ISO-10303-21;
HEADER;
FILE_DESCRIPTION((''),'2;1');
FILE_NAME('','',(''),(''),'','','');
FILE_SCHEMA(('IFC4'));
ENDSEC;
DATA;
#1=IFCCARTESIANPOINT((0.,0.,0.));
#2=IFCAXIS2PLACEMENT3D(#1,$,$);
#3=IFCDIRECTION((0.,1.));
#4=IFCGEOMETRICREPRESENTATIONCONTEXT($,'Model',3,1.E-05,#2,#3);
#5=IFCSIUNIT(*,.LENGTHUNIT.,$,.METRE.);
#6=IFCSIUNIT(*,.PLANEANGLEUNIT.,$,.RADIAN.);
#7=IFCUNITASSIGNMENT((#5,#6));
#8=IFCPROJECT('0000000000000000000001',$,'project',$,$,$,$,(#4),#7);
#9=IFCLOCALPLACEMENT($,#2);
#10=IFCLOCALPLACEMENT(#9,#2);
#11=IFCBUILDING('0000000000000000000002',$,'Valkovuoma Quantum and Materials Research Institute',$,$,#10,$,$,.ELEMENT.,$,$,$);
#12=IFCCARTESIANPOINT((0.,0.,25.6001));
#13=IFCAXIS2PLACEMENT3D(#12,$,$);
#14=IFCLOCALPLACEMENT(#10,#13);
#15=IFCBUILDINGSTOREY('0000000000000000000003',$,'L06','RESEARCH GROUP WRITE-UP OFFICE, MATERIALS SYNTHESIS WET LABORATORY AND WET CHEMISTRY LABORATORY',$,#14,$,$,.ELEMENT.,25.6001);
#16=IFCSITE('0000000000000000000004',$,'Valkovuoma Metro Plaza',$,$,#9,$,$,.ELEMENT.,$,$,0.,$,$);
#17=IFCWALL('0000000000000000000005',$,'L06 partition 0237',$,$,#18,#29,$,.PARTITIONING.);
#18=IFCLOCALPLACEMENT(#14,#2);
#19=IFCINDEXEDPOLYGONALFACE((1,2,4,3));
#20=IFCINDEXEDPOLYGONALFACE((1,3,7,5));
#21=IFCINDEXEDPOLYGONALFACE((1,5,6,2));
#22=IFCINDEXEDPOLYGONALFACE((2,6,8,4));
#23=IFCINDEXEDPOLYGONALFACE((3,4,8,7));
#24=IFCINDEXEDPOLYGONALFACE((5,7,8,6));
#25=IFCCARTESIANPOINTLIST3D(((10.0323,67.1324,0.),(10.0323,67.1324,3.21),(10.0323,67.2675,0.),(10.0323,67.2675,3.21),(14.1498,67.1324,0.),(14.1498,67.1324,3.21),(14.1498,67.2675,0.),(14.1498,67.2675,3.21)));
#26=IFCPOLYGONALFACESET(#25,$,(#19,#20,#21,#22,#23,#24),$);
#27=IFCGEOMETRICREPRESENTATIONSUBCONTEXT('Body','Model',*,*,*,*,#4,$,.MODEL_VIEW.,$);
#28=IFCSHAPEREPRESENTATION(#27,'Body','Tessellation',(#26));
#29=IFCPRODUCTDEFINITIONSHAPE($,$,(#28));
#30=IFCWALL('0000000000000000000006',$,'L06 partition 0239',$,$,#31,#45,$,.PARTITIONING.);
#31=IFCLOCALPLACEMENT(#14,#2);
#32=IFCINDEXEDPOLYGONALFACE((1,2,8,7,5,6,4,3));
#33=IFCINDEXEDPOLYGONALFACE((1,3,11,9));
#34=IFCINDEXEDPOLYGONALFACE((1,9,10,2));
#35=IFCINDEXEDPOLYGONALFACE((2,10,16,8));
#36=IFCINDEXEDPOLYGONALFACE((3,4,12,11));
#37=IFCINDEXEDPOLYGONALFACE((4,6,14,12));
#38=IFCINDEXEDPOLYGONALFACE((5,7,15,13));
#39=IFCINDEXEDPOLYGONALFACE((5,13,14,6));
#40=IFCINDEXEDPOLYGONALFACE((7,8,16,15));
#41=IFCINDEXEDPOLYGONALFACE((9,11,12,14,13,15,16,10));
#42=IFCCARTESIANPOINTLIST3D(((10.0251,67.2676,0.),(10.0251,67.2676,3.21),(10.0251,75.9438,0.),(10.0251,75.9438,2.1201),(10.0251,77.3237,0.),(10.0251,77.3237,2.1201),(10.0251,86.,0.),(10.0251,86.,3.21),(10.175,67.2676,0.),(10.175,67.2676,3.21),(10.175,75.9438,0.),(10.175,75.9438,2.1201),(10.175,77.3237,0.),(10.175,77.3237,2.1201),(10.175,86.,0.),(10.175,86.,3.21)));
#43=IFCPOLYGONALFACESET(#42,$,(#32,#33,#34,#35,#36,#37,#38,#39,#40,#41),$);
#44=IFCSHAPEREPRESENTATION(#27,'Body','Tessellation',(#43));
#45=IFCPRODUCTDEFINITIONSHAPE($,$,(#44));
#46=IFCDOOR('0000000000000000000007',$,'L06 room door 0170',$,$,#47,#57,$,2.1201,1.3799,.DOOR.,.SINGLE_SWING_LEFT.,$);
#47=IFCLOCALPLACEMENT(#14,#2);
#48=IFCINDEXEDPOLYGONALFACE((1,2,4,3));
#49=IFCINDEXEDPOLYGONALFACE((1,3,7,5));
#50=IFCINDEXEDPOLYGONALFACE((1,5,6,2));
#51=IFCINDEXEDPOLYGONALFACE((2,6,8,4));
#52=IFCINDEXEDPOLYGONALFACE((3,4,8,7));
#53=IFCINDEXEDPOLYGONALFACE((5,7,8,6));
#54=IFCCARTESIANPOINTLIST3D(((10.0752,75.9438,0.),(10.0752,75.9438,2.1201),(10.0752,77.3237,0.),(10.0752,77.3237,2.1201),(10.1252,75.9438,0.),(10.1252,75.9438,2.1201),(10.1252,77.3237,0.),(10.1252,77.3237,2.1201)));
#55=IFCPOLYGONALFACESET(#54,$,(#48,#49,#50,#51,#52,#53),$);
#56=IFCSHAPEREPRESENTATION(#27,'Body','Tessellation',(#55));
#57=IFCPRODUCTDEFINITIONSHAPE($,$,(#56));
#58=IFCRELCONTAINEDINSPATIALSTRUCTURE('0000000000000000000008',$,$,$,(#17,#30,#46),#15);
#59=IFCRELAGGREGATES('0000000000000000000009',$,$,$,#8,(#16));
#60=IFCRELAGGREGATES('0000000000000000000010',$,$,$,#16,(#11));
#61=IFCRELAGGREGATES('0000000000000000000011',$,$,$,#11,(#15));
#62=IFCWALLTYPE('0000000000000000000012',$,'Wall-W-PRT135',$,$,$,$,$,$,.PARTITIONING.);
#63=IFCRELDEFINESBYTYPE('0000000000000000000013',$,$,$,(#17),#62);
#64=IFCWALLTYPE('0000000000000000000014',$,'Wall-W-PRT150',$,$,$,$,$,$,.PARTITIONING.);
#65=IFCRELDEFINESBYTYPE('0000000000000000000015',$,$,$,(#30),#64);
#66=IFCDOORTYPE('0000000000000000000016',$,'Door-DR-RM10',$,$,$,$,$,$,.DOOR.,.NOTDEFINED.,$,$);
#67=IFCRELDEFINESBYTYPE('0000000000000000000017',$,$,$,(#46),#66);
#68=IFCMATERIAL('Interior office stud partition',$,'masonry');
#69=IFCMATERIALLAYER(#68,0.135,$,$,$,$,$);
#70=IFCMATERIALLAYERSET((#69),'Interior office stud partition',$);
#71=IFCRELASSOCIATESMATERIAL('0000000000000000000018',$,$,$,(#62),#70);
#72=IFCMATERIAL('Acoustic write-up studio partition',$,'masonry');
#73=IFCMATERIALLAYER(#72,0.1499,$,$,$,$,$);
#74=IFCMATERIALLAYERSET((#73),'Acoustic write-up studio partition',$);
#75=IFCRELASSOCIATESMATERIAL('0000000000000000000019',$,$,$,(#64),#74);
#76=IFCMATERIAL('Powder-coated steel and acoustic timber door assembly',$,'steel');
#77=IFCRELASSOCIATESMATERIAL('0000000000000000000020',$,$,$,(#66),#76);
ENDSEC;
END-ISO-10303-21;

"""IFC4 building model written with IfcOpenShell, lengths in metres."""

from ifc_helpers import new_model, si_unit, direction, frame, frame_2d, origin, place, context, subcontext, project, spatial, rectangle, extrude, material, layer, layer_set, type_object, element, fill, save


model = new_model("IFC4")

# Units and contexts
model_context = context("Model", 3, precision=1e-05, world=origin(), true_north=direction((0.0, 1.0)))
body_context = subcontext(model_context, "Body", "Model", "MODEL_VIEW")
ifc_project = project(units=[si_unit("LENGTHUNIT", "METRE"), si_unit("PLANEANGLEUNIT", "RADIAN")], contexts=[model_context])

# Site, building, storey
site_placement = place(None, origin())
site = spatial("IfcSite", under=ifc_project, at=site_placement, Name="Valkovuoma Metro Plaza", CompositionType="ELEMENT", RefElevation=0.0)
building_placement = place(site_placement, origin())
building = spatial("IfcBuilding", under=site, at=building_placement, Name="Valkovuoma Quantum and Materials Research Institute", CompositionType="ELEMENT")
storey_placement = place(building_placement, frame((0.0, 0.0, 25.6001)))
storey = spatial("IfcBuildingStorey", under=building, at=storey_placement, Name="L06", Description="RESEARCH GROUP WRITE-UP OFFICE, MATERIALS SYNTHESIS WET LABORATORY AND WET CHEMISTRY LABORATORY", CompositionType="ELEMENT", Elevation=25.6001)

# Wall
ifc_material_1 = material(Name="Interior office stud partition", Category="masonry")
ifc_layer_1 = layer(ifc_material_1, 0.135)
ifc_layer_set_1 = layer_set([ifc_layer_1], Name="Interior office stud partition")
wall_type_1 = type_object("IfcWallType", Name="Wall-W-PRT135", PredefinedType="PARTITIONING", material=ifc_layer_set_1)
wall_1_placement = place(storey_placement, frame((10.0325, 67.2, 0.0), z_axis=(0.0, 0.0, 1.0), x_axis=(1.0, 0.0, 0.0)))
element("IfcWall", 1, at=wall_1_placement, inside=storey, type_object=wall_type_1, Name="L06 partition 0237", PredefinedType="PARTITIONING", context=body_context, shape_type="SweptSolid", body=[
    extrude(rectangle(XDim=4.1174, YDim=0.135, at=frame_2d((2.0586, 0.0))), origin(), (0.0, 0.0, 1.0), 3.21),
])

# Wall, opening, door
ifc_material_2 = material(Name="Acoustic write-up studio partition", Category="masonry")
ifc_layer_2 = layer(ifc_material_2, 0.1499)
ifc_layer_set_2 = layer_set([ifc_layer_2], Name="Acoustic write-up studio partition")
wall_type_2 = type_object("IfcWallType", Name="Wall-W-PRT150", PredefinedType="PARTITIONING", material=ifc_layer_set_2)
wall_2_placement = place(storey_placement, frame((10.1001, 67.2676, 0.0), z_axis=(0.0, 0.0, 1.0), x_axis=(0.0, 1.0, 0.0)))
wall_2 = element("IfcWall", 2, at=wall_2_placement, inside=storey, type_object=wall_type_2, Name="L06 partition 0239", PredefinedType="PARTITIONING", context=body_context, shape_type="SweptSolid", body=[
    extrude(rectangle(XDim=18.7324, YDim=0.1499, at=frame_2d((9.3662, 0.0))), origin(), (0.0, 0.0, 1.0), 3.21),
])
opening_placement = place(wall_2_placement, frame((8.6763, 0.0, 0.0)))
opening = element("IfcOpeningElement", 3, at=opening_placement, cuts=wall_2, PredefinedType="OPENING", context=body_context, shape_type="SweptSolid", body=[
    extrude(rectangle(XDim=1.3799, YDim=2.1201, at=frame_2d((0.6899, 1.0601))), frame((0.0, 0.085, 0.0), z_axis=(0.0, -1.0, 0.0), x_axis=(1.0, 0.0, 0.0)), (0.0, 0.0, 1.0), 0.1699),
])
ifc_material_3 = material(Name="Powder-coated steel and acoustic timber door assembly", Category="steel")
door_type = type_object("IfcDoorType", Name="Door-DR-RM10", OperationType="NOTDEFINED", PredefinedType="DOOR", material=ifc_material_3)
door_placement = place(opening_placement, origin())
door = element("IfcDoor", 4, at=door_placement, inside=storey, type_object=door_type, Name="L06 room door 0170", OperationType="SINGLE_SWING_LEFT", OverallHeight=2.1201, OverallWidth=1.3799, PredefinedType="DOOR", context=body_context, shape_type="SweptSolid", body=[
    extrude(rectangle(XDim=1.3799, YDim=2.1201, at=frame_2d((0.6899, 1.0601))), frame((0.0, 0.0249, 0.0), z_axis=(0.0, -1.0, 0.0), x_axis=(1.0, 0.0, 0.0)), (0.0, 0.0, 1.0), 0.05),
])
fill(opening, door)

save(model, "model.ifc")
